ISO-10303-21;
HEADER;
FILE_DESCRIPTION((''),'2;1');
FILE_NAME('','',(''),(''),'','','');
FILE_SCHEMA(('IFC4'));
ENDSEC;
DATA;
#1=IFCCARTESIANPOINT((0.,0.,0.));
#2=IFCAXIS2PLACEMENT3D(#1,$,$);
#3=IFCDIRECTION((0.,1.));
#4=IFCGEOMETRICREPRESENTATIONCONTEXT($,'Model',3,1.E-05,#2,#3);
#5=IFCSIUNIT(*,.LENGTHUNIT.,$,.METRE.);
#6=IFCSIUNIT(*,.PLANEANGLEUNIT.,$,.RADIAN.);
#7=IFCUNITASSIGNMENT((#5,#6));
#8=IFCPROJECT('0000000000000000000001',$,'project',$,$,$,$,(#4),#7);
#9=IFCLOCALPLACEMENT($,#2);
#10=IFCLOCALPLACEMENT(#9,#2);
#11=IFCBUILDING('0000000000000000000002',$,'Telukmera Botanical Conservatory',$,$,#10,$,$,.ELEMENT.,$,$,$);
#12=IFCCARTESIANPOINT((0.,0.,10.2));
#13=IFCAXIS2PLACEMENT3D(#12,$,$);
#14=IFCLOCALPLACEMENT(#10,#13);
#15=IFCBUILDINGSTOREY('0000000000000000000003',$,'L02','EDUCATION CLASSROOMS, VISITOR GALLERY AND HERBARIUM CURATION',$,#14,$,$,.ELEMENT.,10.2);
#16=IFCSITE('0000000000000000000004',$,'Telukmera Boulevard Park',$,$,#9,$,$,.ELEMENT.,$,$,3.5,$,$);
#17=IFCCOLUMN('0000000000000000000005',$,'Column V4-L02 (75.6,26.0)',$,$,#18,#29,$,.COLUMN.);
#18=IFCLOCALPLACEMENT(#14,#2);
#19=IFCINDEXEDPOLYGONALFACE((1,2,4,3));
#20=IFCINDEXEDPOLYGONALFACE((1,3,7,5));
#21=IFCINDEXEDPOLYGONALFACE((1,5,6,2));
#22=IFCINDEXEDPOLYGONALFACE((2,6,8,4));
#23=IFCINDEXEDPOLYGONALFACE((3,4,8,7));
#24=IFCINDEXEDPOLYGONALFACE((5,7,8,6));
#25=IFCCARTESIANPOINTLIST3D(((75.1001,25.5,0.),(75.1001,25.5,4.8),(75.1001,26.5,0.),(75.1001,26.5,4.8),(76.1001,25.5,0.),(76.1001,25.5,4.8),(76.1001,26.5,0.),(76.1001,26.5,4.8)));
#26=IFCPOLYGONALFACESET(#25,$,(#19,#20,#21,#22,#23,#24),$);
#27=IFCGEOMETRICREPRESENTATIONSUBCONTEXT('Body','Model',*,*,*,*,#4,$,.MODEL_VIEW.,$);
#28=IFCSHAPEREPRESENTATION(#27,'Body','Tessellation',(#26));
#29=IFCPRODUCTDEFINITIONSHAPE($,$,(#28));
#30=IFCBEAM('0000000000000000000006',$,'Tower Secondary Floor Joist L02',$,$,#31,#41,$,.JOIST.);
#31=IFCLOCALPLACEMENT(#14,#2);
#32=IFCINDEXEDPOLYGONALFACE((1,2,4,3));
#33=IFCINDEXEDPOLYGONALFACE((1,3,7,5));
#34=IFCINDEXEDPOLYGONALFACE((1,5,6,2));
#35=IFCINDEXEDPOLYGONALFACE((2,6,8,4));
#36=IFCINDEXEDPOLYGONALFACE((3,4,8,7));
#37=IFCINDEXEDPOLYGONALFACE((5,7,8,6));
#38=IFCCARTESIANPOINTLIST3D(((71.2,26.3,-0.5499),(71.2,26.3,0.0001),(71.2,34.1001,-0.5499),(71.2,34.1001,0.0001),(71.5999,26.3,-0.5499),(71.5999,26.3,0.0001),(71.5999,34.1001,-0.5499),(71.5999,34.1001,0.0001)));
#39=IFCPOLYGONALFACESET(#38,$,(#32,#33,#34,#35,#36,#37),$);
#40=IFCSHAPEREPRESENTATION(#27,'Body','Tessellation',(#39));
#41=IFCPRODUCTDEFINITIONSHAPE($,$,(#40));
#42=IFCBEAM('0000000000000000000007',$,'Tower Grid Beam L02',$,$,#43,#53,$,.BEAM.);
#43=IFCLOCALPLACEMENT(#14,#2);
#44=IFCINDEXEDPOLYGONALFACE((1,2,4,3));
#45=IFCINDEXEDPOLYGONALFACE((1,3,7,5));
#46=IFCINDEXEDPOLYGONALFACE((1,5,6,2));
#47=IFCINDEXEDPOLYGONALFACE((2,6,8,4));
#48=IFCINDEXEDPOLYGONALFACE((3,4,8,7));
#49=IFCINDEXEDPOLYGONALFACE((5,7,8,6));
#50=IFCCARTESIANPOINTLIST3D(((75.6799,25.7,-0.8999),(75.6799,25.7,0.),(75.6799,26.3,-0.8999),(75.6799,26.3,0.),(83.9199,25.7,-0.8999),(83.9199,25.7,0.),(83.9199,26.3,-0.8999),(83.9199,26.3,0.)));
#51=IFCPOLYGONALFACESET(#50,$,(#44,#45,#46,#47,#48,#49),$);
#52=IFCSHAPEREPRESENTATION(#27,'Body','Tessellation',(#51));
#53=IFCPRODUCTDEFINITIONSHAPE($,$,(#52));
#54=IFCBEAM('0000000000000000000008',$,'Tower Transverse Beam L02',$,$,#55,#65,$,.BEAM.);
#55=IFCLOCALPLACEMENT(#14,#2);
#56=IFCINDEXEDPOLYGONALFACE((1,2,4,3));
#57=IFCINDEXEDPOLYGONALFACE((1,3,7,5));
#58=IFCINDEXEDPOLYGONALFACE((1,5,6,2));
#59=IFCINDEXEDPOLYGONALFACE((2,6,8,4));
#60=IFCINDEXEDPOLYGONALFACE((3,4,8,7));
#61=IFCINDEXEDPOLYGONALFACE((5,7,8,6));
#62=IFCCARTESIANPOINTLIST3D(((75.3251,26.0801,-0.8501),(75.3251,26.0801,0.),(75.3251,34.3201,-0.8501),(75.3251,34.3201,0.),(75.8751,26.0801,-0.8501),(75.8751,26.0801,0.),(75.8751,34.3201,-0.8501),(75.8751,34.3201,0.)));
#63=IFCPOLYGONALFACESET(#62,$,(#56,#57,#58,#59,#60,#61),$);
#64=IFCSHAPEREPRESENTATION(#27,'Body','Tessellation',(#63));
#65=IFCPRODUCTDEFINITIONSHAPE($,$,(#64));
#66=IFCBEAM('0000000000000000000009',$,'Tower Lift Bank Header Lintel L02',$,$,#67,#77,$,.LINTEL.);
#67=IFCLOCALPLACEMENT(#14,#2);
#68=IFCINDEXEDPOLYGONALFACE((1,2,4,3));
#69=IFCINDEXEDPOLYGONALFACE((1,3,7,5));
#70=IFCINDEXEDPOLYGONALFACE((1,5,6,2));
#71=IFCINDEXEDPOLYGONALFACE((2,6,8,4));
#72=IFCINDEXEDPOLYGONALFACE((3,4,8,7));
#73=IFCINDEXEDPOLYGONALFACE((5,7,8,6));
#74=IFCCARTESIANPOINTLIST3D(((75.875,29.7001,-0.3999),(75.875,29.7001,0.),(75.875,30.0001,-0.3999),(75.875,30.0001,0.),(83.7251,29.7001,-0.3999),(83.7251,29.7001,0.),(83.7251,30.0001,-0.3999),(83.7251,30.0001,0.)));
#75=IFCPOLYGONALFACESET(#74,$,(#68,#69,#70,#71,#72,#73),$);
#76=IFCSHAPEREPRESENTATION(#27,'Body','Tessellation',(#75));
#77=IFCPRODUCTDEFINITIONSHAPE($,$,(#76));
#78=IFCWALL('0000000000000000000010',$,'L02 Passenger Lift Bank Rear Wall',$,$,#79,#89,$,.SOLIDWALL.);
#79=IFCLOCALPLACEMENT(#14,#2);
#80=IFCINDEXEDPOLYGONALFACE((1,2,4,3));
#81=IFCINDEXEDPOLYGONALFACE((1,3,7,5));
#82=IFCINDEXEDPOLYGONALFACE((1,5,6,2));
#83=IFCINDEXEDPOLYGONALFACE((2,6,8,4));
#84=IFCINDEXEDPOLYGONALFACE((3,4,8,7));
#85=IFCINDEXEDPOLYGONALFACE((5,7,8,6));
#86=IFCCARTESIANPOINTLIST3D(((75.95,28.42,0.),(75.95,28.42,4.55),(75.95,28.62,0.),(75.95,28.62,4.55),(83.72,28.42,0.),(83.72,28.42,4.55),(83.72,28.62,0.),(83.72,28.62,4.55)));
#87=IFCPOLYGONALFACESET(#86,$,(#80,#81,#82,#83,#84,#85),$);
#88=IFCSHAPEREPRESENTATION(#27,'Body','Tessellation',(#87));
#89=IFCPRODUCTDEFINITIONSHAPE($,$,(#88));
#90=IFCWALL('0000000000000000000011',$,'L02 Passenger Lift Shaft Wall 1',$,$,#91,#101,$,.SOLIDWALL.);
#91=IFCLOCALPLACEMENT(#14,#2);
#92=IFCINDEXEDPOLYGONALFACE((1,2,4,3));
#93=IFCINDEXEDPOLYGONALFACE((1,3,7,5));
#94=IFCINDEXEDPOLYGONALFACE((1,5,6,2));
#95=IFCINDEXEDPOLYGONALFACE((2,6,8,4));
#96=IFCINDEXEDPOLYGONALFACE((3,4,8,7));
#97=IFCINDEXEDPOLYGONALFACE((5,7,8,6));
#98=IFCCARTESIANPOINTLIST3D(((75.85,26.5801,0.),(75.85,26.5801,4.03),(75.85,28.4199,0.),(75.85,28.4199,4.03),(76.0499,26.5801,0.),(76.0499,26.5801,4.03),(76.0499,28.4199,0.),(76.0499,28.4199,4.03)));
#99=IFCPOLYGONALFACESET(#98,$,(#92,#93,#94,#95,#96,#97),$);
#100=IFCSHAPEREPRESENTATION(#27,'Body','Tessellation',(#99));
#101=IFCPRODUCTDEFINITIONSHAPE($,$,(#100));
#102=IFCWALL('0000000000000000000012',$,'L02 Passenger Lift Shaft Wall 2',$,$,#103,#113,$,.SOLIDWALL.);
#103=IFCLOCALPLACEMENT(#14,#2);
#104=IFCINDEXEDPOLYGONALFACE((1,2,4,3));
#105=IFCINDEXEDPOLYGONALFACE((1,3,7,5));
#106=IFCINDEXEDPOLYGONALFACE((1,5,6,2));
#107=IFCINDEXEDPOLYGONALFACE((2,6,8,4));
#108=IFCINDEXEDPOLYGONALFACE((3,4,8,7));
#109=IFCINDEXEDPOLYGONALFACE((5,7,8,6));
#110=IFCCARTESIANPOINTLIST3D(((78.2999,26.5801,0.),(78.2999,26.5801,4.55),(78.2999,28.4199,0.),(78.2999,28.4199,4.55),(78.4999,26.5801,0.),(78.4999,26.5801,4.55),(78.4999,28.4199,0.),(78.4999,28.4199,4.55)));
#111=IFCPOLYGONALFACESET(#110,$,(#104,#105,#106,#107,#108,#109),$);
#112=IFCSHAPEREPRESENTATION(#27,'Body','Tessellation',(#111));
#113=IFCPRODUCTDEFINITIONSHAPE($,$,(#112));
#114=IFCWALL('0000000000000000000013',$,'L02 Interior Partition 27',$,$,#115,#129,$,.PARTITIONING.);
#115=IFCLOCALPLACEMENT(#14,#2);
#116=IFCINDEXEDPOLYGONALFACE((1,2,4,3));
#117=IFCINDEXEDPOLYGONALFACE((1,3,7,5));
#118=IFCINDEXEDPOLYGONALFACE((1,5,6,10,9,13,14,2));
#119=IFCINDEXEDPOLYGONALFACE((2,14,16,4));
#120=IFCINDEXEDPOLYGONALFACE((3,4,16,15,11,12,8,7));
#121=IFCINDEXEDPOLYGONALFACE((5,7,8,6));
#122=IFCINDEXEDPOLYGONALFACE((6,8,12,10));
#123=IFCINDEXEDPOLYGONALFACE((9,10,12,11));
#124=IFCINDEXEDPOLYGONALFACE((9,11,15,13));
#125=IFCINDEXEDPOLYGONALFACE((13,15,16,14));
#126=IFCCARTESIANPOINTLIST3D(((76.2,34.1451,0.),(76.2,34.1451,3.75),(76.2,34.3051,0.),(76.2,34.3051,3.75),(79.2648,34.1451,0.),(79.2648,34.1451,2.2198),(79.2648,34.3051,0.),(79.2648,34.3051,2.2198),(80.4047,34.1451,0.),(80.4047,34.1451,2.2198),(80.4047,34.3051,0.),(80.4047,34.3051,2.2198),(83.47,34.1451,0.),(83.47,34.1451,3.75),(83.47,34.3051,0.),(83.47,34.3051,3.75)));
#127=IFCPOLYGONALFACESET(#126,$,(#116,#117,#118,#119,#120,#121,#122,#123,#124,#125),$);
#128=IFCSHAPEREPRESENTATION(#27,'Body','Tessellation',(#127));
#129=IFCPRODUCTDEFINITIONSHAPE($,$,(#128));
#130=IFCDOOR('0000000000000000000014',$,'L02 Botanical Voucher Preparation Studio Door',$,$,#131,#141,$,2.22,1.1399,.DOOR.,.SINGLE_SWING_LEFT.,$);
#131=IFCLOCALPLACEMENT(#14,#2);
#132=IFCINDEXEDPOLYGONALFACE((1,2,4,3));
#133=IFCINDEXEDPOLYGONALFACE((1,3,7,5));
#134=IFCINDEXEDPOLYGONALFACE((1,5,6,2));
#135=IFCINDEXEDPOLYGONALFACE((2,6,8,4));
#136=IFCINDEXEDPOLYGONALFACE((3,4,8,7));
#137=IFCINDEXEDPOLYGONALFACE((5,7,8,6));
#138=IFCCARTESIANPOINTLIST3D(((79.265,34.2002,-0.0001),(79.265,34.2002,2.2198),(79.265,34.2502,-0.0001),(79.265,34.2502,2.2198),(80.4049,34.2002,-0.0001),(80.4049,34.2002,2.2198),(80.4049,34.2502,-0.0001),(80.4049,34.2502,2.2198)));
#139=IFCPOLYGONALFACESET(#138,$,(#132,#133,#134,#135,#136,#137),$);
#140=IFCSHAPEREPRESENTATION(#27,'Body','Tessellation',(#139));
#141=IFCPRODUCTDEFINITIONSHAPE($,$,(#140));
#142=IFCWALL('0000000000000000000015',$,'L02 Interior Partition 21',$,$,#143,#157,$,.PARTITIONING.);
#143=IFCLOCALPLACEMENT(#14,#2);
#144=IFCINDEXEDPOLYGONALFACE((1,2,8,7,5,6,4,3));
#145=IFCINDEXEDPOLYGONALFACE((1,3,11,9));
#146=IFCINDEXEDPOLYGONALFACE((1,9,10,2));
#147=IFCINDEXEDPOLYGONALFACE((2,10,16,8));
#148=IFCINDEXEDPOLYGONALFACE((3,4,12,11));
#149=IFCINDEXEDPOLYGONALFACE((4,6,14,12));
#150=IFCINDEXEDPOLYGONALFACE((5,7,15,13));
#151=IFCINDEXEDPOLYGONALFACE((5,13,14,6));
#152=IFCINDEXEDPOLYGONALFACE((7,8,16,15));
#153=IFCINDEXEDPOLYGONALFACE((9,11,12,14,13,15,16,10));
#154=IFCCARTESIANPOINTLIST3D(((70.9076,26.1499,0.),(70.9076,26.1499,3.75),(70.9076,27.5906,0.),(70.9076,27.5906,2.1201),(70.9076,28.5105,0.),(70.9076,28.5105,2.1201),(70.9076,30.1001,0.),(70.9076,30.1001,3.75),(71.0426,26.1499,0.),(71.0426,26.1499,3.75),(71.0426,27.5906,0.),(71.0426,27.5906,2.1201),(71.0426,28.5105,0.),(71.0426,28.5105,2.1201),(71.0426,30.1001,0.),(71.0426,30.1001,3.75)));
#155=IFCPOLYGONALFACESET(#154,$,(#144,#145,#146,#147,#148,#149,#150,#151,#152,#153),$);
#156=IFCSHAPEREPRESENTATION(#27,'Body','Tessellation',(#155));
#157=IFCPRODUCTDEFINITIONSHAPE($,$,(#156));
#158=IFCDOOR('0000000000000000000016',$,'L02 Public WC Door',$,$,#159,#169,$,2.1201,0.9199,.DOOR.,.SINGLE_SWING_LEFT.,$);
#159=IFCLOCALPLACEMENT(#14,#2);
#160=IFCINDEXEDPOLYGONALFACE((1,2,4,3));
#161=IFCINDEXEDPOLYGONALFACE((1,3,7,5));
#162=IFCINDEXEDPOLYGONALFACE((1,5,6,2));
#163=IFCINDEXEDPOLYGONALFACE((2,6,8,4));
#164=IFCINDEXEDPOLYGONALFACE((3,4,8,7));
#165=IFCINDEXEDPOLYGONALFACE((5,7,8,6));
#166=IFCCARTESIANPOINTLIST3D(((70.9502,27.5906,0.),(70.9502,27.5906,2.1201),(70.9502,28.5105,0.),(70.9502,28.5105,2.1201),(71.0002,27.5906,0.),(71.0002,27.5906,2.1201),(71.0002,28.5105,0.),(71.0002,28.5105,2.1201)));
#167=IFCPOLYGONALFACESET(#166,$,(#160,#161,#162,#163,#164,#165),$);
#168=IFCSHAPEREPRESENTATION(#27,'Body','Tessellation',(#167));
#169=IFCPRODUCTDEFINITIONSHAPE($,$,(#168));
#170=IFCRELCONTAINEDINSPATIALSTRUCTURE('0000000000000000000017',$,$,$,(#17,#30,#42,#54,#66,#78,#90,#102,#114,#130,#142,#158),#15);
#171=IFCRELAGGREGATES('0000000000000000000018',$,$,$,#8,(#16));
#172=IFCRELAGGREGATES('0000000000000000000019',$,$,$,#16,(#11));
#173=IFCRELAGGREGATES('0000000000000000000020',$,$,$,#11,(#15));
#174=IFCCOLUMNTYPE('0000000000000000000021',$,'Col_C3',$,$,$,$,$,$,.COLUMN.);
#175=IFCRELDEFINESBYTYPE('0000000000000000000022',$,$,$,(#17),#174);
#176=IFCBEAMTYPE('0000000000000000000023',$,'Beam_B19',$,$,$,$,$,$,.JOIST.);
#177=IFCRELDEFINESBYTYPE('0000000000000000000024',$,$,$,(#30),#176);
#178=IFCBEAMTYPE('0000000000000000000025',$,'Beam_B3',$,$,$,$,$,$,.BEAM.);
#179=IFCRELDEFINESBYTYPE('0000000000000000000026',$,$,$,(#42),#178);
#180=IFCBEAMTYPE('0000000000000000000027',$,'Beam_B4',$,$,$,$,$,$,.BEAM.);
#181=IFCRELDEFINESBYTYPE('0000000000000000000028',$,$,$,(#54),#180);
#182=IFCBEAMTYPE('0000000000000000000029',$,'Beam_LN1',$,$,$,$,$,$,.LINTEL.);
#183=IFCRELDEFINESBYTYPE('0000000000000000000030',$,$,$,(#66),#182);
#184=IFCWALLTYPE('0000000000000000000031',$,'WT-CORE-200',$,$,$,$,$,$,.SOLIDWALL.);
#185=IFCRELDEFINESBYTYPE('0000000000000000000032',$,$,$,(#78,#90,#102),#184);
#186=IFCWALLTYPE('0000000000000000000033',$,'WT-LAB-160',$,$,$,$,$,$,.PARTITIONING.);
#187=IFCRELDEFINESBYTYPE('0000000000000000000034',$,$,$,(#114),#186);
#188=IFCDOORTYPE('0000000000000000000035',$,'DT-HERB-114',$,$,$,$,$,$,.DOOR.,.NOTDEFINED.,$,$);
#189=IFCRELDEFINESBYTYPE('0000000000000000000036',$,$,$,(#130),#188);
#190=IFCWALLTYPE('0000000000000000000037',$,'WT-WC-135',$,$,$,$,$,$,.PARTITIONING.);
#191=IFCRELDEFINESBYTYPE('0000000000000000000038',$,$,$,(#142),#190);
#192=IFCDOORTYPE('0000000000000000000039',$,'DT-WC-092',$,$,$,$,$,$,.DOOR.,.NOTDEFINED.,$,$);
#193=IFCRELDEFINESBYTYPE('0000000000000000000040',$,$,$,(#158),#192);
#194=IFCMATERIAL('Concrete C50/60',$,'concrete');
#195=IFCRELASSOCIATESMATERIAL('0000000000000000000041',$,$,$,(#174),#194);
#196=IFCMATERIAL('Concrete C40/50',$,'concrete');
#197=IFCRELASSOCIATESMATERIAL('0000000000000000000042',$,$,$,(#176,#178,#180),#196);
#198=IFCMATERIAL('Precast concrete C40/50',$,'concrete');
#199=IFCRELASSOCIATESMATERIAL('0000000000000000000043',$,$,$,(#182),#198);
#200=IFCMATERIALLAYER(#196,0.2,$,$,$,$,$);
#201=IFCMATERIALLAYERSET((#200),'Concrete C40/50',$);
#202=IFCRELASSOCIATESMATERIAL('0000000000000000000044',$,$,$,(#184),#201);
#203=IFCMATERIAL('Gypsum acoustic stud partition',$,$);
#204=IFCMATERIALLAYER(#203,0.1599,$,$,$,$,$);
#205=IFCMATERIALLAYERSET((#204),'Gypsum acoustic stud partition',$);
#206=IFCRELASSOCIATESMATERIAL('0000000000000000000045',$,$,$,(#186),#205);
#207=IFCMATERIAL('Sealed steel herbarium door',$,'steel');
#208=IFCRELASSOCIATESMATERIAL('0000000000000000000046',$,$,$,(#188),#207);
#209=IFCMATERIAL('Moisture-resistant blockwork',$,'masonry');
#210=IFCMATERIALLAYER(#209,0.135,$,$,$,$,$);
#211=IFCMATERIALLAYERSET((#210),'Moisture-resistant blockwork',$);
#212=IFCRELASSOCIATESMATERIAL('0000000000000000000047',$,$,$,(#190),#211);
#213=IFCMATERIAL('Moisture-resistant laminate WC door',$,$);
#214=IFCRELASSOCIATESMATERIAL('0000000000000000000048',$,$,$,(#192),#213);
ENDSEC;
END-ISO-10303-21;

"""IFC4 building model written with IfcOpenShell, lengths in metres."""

from ifc_helpers import new_model, si_unit, direction, frame, frame_2d, origin, origin_2d, place, context, subcontext, project, spatial, rectangle, extrude, material, layer, layer_set, material_profile, profile_set, type_object, element, fill, save


model = new_model("IFC4")

# Units and contexts
model_context = context("Model", 3, precision=1e-05, world=origin(), true_north=direction((0.0, 1.0)))
body_context = subcontext(model_context, "Body", "Model", "MODEL_VIEW")
ifc_project = project(units=[si_unit("LENGTHUNIT", "METRE"), si_unit("PLANEANGLEUNIT", "RADIAN")], contexts=[model_context])

# Site, building, storey
site_placement = place(None, origin())
site = spatial("IfcSite", under=ifc_project, at=site_placement, Name="Telukmera Boulevard Park", CompositionType="ELEMENT", RefElevation=3.5)
building_placement = place(site_placement, origin())
building = spatial("IfcBuilding", under=site, at=building_placement, Name="Telukmera Botanical Conservatory", CompositionType="ELEMENT")
storey_placement = place(building_placement, frame((0.0, 0.0, 10.2)))
storey = spatial("IfcBuildingStorey", under=building, at=storey_placement, Name="L02", Description="EDUCATION CLASSROOMS, VISITOR GALLERY AND HERBARIUM CURATION", CompositionType="ELEMENT", Elevation=10.2)

# Column
ifc_material_1 = material(Name="Concrete C50/60", Category="concrete")
ifc_material_profile_1 = material_profile(ifc_material_1, rectangle(XDim=1.0, YDim=1.0, at=origin_2d()), Name="RC 1000x1000")
ifc_profile_set_1 = profile_set([ifc_material_profile_1], Name="Concrete C50/60")
column_type = type_object("IfcColumnType", Name="Col_C3", PredefinedType="COLUMN", material=ifc_profile_set_1)
column_placement = place(storey_placement, frame((75.6001, 26.0, 0.0), z_axis=(0.0, 0.0, 1.0), x_axis=(1.0, 0.0, 0.0)))
element("IfcColumn", 1, at=column_placement, inside=storey, type_object=column_type, Name="Column V4-L02 (75.6,26.0)", PredefinedType="COLUMN", context=body_context, shape_type="SweptSolid", body=[
    extrude(rectangle(XDim=1.0, YDim=1.0, at=origin_2d()), origin(), (0.0, 0.0, 1.0), 4.8),
])

# Beams
ifc_material_2 = material(Name="Concrete C40/50", Category="concrete")
ifc_material_profile_2 = material_profile(ifc_material_2, rectangle(XDim=0.3999, YDim=0.55, at=origin_2d()), Name="RC 400x550")
ifc_profile_set_2 = profile_set([ifc_material_profile_2], Name="Concrete C40/50")
beam_type_1 = type_object("IfcBeamType", Name="Beam_B19", PredefinedType="JOIST", material=ifc_profile_set_2)
beam_1_placement = place(storey_placement, frame((71.3999, 26.3, -0.2749), z_axis=(0.0, 1.0, 0.0), x_axis=(-1.0, 0.0, 0.0)))
element("IfcBeam", 2, at=beam_1_placement, inside=storey, type_object=beam_type_1, Name="Tower Secondary Floor Joist L02", PredefinedType="JOIST", context=body_context, shape_type="SweptSolid", body=[
    extrude(rectangle(XDim=0.3999, YDim=0.55, at=origin_2d()), origin(), (0.0, 0.0, 1.0), 7.8),
])
ifc_material_profile_3 = material_profile(ifc_material_2, rectangle(XDim=0.6001, YDim=0.8999, at=origin_2d()), Name="RC 600x900")
ifc_profile_set_3 = profile_set([ifc_material_profile_3], Name="Concrete C40/50")
beam_type_2 = type_object("IfcBeamType", Name="Beam_B3", PredefinedType="BEAM", material=ifc_profile_set_3)
beam_2_placement = place(storey_placement, frame((75.6799, 26.0, -0.45), z_axis=(1.0, 0.0, 0.0), x_axis=(0.0, 1.0, 0.0)))
element("IfcBeam", 3, at=beam_2_placement, inside=storey, type_object=beam_type_2, Name="Tower Grid Beam L02", PredefinedType="BEAM", context=body_context, shape_type="SweptSolid", body=[
    extrude(rectangle(XDim=0.6001, YDim=0.8999, at=origin_2d()), origin(), (0.0, 0.0, 1.0), 8.24),
])
ifc_material_profile_4 = material_profile(ifc_material_2, rectangle(XDim=0.55, YDim=0.8501, at=origin_2d()), Name="RC 550x850")
ifc_profile_set_4 = profile_set([ifc_material_profile_4], Name="Concrete C40/50")
beam_type_3 = type_object("IfcBeamType", Name="Beam_B4", PredefinedType="BEAM", material=ifc_profile_set_4)
beam_3_placement = place(storey_placement, frame((75.6001, 26.0801, -0.425), z_axis=(0.0, 1.0, 0.0), x_axis=(-1.0, 0.0, 0.0)))
element("IfcBeam", 4, at=beam_3_placement, inside=storey, type_object=beam_type_3, Name="Tower Transverse Beam L02", PredefinedType="BEAM", context=body_context, shape_type="SweptSolid", body=[
    extrude(rectangle(XDim=0.55, YDim=0.8501, at=origin_2d()), origin(), (0.0, 0.0, 1.0), 8.24),
])
ifc_material_3 = material(Name="Precast concrete C40/50", Category="concrete")
ifc_material_profile_5 = material_profile(ifc_material_3, rectangle(XDim=0.3, YDim=0.3999, at=origin_2d()), Name="PC 300x400")
ifc_profile_set_5 = profile_set([ifc_material_profile_5], Name="Precast concrete C40/50")
beam_type_4 = type_object("IfcBeamType", Name="Beam_LN1", PredefinedType="LINTEL", material=ifc_profile_set_5)
beam_4_placement = place(storey_placement, frame((75.875, 29.8501, -0.2), z_axis=(1.0, 0.0, 0.0), x_axis=(0.0, 1.0, 0.0)))
element("IfcBeam", 5, at=beam_4_placement, inside=storey, type_object=beam_type_4, Name="Tower Lift Bank Header Lintel L02", PredefinedType="LINTEL", context=body_context, shape_type="SweptSolid", body=[
    extrude(rectangle(XDim=0.3, YDim=0.3999, at=origin_2d()), origin(), (0.0, 0.0, 1.0), 7.8501),
])

# Shared definitions
ifc_layer_1 = layer(ifc_material_2, 0.2)
ifc_layer_set_1 = layer_set([ifc_layer_1], Name="Concrete C40/50")
wall_type_1 = type_object("IfcWallType", Name="WT-CORE-200", PredefinedType="SOLIDWALL", material=ifc_layer_set_1)

# Walls
wall_1_placement = place(storey_placement, frame((75.95, 28.52, 0.0), z_axis=(0.0, 0.0, 1.0), x_axis=(1.0, 0.0, 0.0)))
element("IfcWall", 6, at=wall_1_placement, inside=storey, type_object=wall_type_1, Name="L02 Passenger Lift Bank Rear Wall", PredefinedType="SOLIDWALL", context=body_context, shape_type="SweptSolid", body=[
    extrude(rectangle(XDim=7.77, YDim=0.2, at=frame_2d((3.885, 0.0))), origin(), (0.0, 0.0, 1.0), 4.55),
])
wall_2_placement = place(storey_placement, frame((75.95, 26.5801, 0.0), z_axis=(0.0, 0.0, 1.0), x_axis=(0.0, 1.0, 0.0)))
element("IfcWall", 7, at=wall_2_placement, inside=storey, type_object=wall_type_1, Name="L02 Passenger Lift Shaft Wall 1", PredefinedType="SOLIDWALL", context=body_context, shape_type="SweptSolid", body=[
    extrude(rectangle(XDim=1.8398, YDim=0.2, at=frame_2d((0.9199, 0.0))), origin(), (0.0, 0.0, 1.0), 4.03),
])
wall_3_placement = place(storey_placement, frame((78.3999, 26.5801, 0.0), z_axis=(0.0, 0.0, 1.0), x_axis=(0.0, 1.0, 0.0)))
element("IfcWall", 8, at=wall_3_placement, inside=storey, type_object=wall_type_1, Name="L02 Passenger Lift Shaft Wall 2", PredefinedType="SOLIDWALL", context=body_context, shape_type="SweptSolid", body=[
    extrude(rectangle(XDim=1.8398, YDim=0.2, at=frame_2d((0.9199, 0.0))), origin(), (0.0, 0.0, 1.0), 4.55),
])

# Walls, openings, doors
ifc_material_4 = material(Name="Gypsum acoustic stud partition")
ifc_layer_2 = layer(ifc_material_4, 0.1599)
ifc_layer_set_2 = layer_set([ifc_layer_2], Name="Gypsum acoustic stud partition")
wall_type_2 = type_object("IfcWallType", Name="WT-LAB-160", PredefinedType="PARTITIONING", material=ifc_layer_set_2)
wall_4_placement = place(storey_placement, frame((76.2, 34.2251, 0.0), z_axis=(0.0, 0.0, 1.0), x_axis=(1.0, 0.0, 0.0)))
wall_4 = element("IfcWall", 9, at=wall_4_placement, inside=storey, type_object=wall_type_2, Name="L02 Interior Partition 27", PredefinedType="PARTITIONING", context=body_context, shape_type="SweptSolid", body=[
    extrude(rectangle(XDim=7.27, YDim=0.1599, at=frame_2d((3.635, 0.0))), origin(), (0.0, 0.0, 1.0), 3.75),
])
opening_1_placement = place(wall_4_placement, frame((3.0649, 0.0, 0.0)))
opening_1 = element("IfcOpeningElement", 10, at=opening_1_placement, cuts=wall_4, PredefinedType="OPENING", context=body_context, shape_type="SweptSolid", body=[
    extrude(rectangle(XDim=1.1399, YDim=2.22, at=frame_2d((0.5698, 1.1099))), frame((0.0, 0.0898, 0.0), z_axis=(0.0, -1.0, 0.0), x_axis=(1.0, 0.0, 0.0)), (0.0, 0.0, 1.0), 0.1799),
])
ifc_material_5 = material(Name="Sealed steel herbarium door", Category="steel")
door_type_1 = type_object("IfcDoorType", Name="DT-HERB-114", OperationType="NOTDEFINED", PredefinedType="DOOR", material=ifc_material_5)
door_1_placement = place(opening_1_placement, frame((1.1399, 0.0, 0.0), z_axis=(0.0, 0.0, 1.0), x_axis=(-1.0, 0.0, 0.0)))
door_1 = element("IfcDoor", 11, at=door_1_placement, inside=storey, type_object=door_type_1, Name="L02 Botanical Voucher Preparation Studio Door", OperationType="SINGLE_SWING_LEFT", OverallHeight=2.22, OverallWidth=1.1399, PredefinedType="DOOR", context=body_context, shape_type="SweptSolid", body=[
    extrude(rectangle(XDim=1.1399, YDim=2.22, at=frame_2d((0.5698, 1.1099))), frame((0.0, 0.0249, 0.0), z_axis=(0.0, -1.0, 0.0), x_axis=(1.0, 0.0, 0.0)), (0.0, 0.0, 1.0), 0.05),
])
fill(opening_1, door_1)
ifc_material_6 = material(Name="Moisture-resistant blockwork", Category="masonry")
ifc_layer_3 = layer(ifc_material_6, 0.135)
ifc_layer_set_3 = layer_set([ifc_layer_3], Name="Moisture-resistant blockwork")
wall_type_3 = type_object("IfcWallType", Name="WT-WC-135", PredefinedType="PARTITIONING", material=ifc_layer_set_3)
wall_5_placement = place(storey_placement, frame((70.9751, 26.1499, 0.0), z_axis=(0.0, 0.0, 1.0), x_axis=(0.0, 1.0, 0.0)))
wall_5 = element("IfcWall", 12, at=wall_5_placement, inside=storey, type_object=wall_type_3, Name="L02 Interior Partition 21", PredefinedType="PARTITIONING", context=body_context, shape_type="SweptSolid", body=[
    extrude(rectangle(XDim=3.9502, YDim=0.135, at=frame_2d((1.9751, 0.0))), origin(), (0.0, 0.0, 1.0), 3.75),
])
opening_2_placement = place(wall_5_placement, frame((1.4407, 0.0, 0.0)))
opening_2 = element("IfcOpeningElement", 13, at=opening_2_placement, cuts=wall_5, PredefinedType="OPENING", context=body_context, shape_type="SweptSolid", body=[
    extrude(rectangle(XDim=0.9199, YDim=2.1201, at=frame_2d((0.46, 1.0601))), frame((0.0, 0.0774, 0.0), z_axis=(0.0, -1.0, 0.0), x_axis=(1.0, 0.0, 0.0)), (0.0, 0.0, 1.0), 0.155),
])
ifc_material_7 = material(Name="Moisture-resistant laminate WC door")
door_type_2 = type_object("IfcDoorType", Name="DT-WC-092", OperationType="NOTDEFINED", PredefinedType="DOOR", material=ifc_material_7)
door_2_placement = place(opening_2_placement, origin())
door_2 = element("IfcDoor", 14, at=door_2_placement, inside=storey, type_object=door_type_2, Name="L02 Public WC Door", OperationType="SINGLE_SWING_LEFT", OverallHeight=2.1201, OverallWidth=0.9199, PredefinedType="DOOR", context=body_context, shape_type="SweptSolid", body=[
    extrude(rectangle(XDim=0.9199, YDim=2.1201, at=frame_2d((0.46, 1.0601))), frame((0.0, 0.0249, 0.0), z_axis=(0.0, -1.0, 0.0), x_axis=(1.0, 0.0, 0.0)), (0.0, 0.0, 1.0), 0.05),
])
fill(opening_2, door_2)

save(model, "model.ifc")
